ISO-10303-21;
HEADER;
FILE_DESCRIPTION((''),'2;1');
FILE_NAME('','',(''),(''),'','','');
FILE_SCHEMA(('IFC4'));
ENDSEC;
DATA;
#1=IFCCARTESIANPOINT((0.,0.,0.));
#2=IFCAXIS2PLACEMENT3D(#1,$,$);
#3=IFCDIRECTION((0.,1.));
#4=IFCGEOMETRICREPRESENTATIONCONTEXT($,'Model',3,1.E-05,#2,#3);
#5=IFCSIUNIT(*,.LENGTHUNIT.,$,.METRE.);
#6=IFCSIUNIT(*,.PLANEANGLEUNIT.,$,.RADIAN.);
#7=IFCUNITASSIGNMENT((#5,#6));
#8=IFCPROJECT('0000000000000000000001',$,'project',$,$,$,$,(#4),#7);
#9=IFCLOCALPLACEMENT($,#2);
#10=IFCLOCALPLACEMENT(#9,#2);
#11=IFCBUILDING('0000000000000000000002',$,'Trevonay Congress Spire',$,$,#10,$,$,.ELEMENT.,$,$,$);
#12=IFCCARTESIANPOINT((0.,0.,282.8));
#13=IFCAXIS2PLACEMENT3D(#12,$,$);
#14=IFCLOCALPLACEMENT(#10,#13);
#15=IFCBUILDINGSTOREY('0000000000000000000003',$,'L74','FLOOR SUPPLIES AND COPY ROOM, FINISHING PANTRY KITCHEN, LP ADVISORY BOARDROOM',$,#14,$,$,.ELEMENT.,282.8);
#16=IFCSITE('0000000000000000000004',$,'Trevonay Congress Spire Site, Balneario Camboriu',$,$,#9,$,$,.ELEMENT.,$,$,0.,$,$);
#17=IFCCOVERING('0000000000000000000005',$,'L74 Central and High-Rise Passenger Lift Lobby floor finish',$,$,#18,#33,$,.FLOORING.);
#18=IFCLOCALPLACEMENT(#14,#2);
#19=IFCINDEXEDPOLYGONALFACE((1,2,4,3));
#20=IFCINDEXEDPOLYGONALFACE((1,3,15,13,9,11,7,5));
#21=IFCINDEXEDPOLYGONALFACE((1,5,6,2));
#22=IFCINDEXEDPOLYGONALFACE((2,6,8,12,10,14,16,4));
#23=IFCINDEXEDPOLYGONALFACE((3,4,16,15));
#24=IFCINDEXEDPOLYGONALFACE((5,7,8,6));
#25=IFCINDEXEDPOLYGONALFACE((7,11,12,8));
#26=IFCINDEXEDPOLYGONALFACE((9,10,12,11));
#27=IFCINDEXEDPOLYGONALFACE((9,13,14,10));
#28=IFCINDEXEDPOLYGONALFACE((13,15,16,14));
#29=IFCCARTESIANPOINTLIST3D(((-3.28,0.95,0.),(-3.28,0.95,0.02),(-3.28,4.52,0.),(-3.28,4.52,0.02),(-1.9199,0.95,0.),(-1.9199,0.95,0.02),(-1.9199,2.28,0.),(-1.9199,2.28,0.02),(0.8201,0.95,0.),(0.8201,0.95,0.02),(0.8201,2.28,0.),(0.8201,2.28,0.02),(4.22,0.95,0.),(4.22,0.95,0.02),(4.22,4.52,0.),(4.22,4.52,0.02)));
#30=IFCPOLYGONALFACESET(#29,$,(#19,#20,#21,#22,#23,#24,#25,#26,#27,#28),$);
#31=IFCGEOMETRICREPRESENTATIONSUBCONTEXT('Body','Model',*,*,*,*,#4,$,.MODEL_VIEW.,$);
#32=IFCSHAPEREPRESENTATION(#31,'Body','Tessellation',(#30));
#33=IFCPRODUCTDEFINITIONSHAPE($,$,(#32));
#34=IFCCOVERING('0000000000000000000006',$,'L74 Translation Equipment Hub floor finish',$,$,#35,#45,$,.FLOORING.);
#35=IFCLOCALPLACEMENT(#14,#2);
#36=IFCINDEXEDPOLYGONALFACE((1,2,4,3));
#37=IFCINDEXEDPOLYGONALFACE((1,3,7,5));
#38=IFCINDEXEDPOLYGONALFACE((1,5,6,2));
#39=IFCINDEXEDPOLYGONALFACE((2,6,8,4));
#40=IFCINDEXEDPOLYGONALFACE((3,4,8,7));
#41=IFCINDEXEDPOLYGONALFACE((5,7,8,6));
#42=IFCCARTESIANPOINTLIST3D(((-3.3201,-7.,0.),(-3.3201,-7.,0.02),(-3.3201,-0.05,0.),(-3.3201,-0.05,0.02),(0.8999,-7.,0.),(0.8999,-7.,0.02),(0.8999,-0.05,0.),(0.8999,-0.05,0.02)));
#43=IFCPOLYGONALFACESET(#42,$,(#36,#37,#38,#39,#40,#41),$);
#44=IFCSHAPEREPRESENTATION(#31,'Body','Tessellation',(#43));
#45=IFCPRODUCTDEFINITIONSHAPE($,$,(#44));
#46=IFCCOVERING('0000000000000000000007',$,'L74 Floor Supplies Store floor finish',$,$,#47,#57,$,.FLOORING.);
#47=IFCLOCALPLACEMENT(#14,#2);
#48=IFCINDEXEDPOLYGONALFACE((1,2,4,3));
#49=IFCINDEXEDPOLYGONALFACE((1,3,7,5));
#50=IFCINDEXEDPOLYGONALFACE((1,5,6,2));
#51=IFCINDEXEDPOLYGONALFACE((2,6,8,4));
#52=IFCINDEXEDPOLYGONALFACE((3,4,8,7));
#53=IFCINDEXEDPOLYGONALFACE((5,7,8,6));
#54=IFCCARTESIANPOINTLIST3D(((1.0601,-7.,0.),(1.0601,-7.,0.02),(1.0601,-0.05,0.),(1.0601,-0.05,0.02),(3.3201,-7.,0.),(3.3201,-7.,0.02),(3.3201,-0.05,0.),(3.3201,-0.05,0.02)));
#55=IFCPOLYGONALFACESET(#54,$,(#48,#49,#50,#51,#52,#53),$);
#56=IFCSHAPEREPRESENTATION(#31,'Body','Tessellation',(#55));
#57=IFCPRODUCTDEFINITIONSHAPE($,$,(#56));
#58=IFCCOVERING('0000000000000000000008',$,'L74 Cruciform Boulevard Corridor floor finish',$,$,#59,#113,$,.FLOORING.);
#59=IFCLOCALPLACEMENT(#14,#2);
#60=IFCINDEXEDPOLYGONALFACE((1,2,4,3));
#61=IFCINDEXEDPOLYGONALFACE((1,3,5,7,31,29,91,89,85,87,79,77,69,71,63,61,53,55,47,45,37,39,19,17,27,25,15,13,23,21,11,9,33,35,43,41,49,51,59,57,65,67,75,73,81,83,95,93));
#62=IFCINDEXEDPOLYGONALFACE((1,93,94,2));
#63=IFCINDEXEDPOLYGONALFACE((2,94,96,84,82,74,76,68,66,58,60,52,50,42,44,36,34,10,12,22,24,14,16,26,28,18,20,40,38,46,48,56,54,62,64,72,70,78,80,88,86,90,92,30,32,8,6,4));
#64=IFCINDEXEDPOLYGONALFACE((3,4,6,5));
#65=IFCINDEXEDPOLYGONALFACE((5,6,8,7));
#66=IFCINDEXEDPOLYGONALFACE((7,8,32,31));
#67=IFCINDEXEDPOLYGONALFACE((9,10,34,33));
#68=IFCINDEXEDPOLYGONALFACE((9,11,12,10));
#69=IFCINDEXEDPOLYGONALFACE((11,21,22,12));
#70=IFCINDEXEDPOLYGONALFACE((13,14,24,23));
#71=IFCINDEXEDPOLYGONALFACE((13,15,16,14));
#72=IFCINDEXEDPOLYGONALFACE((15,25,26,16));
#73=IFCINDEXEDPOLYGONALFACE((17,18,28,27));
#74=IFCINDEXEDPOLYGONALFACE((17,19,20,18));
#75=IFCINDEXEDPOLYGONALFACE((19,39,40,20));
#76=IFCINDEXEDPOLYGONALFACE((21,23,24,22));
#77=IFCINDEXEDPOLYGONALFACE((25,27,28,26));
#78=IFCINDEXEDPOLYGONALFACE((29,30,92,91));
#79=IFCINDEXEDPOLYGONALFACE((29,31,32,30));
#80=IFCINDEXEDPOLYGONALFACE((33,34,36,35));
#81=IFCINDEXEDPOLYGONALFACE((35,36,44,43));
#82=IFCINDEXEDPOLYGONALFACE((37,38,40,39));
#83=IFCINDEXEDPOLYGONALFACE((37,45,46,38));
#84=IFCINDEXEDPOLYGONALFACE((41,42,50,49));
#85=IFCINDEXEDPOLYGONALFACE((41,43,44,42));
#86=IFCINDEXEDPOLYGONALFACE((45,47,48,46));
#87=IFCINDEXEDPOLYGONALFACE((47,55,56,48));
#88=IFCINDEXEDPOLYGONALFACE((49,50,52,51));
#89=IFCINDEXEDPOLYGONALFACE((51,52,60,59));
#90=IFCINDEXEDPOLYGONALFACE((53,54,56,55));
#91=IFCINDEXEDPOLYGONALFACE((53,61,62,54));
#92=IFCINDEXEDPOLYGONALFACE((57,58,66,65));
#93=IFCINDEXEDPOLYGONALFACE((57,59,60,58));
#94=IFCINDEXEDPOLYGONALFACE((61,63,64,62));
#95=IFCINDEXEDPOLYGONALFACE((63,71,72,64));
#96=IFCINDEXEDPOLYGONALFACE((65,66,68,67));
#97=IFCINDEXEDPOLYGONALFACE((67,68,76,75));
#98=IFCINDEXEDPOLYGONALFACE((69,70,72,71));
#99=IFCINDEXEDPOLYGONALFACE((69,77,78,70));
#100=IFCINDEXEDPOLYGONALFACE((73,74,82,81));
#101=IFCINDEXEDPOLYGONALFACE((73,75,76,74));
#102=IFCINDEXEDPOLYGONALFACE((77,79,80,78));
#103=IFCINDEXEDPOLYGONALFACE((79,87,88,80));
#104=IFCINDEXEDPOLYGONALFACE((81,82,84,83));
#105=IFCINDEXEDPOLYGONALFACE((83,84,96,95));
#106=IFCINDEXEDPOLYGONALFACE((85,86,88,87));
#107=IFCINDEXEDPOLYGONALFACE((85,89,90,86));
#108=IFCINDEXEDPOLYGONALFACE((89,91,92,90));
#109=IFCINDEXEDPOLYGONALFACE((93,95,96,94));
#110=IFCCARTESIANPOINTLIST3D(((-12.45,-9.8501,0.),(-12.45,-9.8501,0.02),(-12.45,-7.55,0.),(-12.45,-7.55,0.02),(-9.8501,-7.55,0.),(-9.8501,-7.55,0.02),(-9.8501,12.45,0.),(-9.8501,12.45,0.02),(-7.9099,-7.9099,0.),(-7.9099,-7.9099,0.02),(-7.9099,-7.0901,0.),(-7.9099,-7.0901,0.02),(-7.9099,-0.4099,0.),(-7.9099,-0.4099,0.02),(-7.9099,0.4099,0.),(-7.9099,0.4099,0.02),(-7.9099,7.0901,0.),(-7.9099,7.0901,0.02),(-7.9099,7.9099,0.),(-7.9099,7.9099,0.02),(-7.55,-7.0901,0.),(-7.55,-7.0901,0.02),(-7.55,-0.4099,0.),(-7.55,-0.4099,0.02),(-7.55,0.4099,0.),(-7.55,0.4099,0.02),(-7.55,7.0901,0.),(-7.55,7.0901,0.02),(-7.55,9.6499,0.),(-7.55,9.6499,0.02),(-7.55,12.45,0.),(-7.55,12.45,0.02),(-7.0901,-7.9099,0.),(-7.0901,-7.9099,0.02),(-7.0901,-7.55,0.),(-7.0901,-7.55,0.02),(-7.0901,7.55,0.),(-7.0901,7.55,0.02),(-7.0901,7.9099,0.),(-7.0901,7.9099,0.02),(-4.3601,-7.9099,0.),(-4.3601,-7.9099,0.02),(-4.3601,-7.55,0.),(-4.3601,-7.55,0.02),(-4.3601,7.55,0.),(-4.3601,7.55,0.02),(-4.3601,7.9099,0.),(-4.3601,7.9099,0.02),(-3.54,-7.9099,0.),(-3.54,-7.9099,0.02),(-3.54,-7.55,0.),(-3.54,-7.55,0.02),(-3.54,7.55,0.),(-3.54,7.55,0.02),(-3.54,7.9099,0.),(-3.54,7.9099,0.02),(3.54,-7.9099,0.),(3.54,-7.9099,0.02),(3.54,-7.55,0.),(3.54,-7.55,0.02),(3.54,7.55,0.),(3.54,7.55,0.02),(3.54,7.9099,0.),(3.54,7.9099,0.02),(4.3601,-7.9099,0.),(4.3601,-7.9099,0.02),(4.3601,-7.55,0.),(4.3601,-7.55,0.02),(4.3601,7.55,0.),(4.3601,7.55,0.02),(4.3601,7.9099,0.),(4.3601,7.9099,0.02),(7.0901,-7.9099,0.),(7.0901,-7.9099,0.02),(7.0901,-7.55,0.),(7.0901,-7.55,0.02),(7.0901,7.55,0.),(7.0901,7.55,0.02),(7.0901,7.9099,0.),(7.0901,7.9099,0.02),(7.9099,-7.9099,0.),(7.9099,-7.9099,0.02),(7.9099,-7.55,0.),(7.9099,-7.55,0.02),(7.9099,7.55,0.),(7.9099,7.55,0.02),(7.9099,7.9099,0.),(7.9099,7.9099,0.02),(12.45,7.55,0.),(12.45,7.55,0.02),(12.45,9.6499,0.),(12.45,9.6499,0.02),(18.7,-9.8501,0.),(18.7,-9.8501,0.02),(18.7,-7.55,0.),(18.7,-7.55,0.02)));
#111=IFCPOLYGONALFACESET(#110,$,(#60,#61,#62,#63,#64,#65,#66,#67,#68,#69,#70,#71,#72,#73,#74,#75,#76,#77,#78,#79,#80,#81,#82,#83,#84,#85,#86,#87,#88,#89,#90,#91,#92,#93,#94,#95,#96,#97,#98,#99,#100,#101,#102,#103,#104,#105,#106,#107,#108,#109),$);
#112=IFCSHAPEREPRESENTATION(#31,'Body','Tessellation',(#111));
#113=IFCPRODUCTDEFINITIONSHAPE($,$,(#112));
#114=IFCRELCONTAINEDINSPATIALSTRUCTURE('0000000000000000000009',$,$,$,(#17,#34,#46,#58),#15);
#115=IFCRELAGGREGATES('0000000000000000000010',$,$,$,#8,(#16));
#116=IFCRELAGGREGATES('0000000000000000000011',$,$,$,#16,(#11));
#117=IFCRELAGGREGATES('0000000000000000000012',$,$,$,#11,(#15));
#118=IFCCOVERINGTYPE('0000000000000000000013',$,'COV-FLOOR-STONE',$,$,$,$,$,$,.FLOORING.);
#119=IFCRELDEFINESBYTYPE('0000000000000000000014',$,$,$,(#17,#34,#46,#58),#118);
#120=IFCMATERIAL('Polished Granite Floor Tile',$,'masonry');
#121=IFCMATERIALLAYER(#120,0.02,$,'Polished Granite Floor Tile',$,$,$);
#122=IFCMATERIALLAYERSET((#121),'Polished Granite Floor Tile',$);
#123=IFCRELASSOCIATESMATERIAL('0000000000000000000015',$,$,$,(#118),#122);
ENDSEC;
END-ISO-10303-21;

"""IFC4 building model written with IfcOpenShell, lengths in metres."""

from ifc_helpers import new_model, si_unit, direction, frame, origin, place, context, subcontext, project, spatial, polyline, outline, extrude, material, layer, layer_set, type_object, element, save


model = new_model("IFC4")

# Units and contexts
model_context = context("Model", 3, precision=1e-05, world=origin(), true_north=direction((0.0, 1.0)))
body_context = subcontext(model_context, "Body", "Model", "MODEL_VIEW")
ifc_project = project(units=[si_unit("LENGTHUNIT", "METRE"), si_unit("PLANEANGLEUNIT", "RADIAN")], contexts=[model_context])

# Site, building, storey
site_placement = place(None, origin())
site = spatial("IfcSite", under=ifc_project, at=site_placement, Name="Trevonay Congress Spire Site, Balneario Camboriu", CompositionType="ELEMENT", RefElevation=0.0)
building_placement = place(site_placement, origin())
building = spatial("IfcBuilding", under=site, at=building_placement, Name="Trevonay Congress Spire", CompositionType="ELEMENT")
storey_placement = place(building_placement, frame((0.0, 0.0, 282.8)))
storey = spatial("IfcBuildingStorey", under=building, at=storey_placement, Name="L74", Description="FLOOR SUPPLIES AND COPY ROOM, FINISHING PANTRY KITCHEN, LP ADVISORY BOARDROOM", CompositionType="ELEMENT", Elevation=282.8)

# Coverings
ifc_material_1 = material(Name="Polished Granite Floor Tile", Category="masonry")
ifc_layer_1 = layer(ifc_material_1, 0.02, Name="Polished Granite Floor Tile")
ifc_layer_set_1 = layer_set([ifc_layer_1], Name="Polished Granite Floor Tile")
covering_type_1 = type_object("IfcCoveringType", Name="COV-FLOOR-STONE", PredefinedType="FLOORING", material=ifc_layer_set_1)
covering_1_placement = place(storey_placement, origin())
element("IfcCovering", 1, at=covering_1_placement, inside=storey, type_object=covering_type_1, Name="L74 Central and High-Rise Passenger Lift Lobby floor finish", PredefinedType="FLOORING", context=body_context, shape_type="SweptSolid", body=[
    extrude(outline(polyline([(-3.28, 0.95), (-1.9199, 0.95), (-1.9199, 2.28), (0.8201, 2.28), (0.8201, 0.95), (4.22, 0.95), (4.22, 4.52), (-3.28, 4.52), (-3.28, 0.95)])), origin(), (0.0, 0.0, 1.0), 0.02),
])
covering_2_placement = place(storey_placement, origin())
element("IfcCovering", 2, at=covering_2_placement, inside=storey, type_object=covering_type_1, Name="L74 Translation Equipment Hub floor finish", PredefinedType="FLOORING", context=body_context, shape_type="SweptSolid", body=[
    extrude(outline(polyline([(-3.3201, -7.0), (0.8999, -7.0), (0.8999, -0.05), (-3.3201, -0.05), (-3.3201, -7.0)])), origin(), (0.0, 0.0, 1.0), 0.02),
])
covering_3_placement = place(storey_placement, origin())
element("IfcCovering", 3, at=covering_3_placement, inside=storey, type_object=covering_type_1, Name="L74 Floor Supplies Store floor finish", PredefinedType="FLOORING", context=body_context, shape_type="SweptSolid", body=[
    extrude(outline(polyline([(1.0601, -7.0), (3.3201, -7.0), (3.3201, -0.05), (1.0601, -0.05), (1.0601, -7.0)])), origin(), (0.0, 0.0, 1.0), 0.02),
])
covering_4_placement = place(storey_placement, origin())
element("IfcCovering", 4, at=covering_4_placement, inside=storey, type_object=covering_type_1, Name="L74 Cruciform Boulevard Corridor floor finish", PredefinedType="FLOORING", context=body_context, shape_type="SweptSolid", body=[
    extrude(outline(polyline([(18.7, -7.55), (18.7, -9.8501), (-12.45, -9.8501), (-12.45, -7.55), (-9.8501, -7.55), (-9.8501, 12.45), (-7.55, 12.45), (-7.55, 9.6499), (12.45, 9.6499), (12.45, 7.55), (7.9099, 7.55), (7.9099, 7.9099), (7.0901, 7.9099), (7.0901, 7.55), (4.3601, 7.55), (4.3601, 7.9099), (3.54, 7.9099), (3.54, 7.55), (-3.54, 7.55), (-3.54, 7.9099), (-4.3601, 7.9099), (-4.3601, 7.55), (-7.0901, 7.55), (-7.0901, 7.9099), (-7.9099, 7.9099), (-7.9099, 7.0901), (-7.55, 7.0901), (-7.55, 0.4099), (-7.9099, 0.4099), (-7.9099, -0.4099), (-7.55, -0.4099), (-7.55, -7.0901), (-7.9099, -7.0901), (-7.9099, -7.9099), (-7.0901, -7.9099), (-7.0901, -7.55), (-4.3601, -7.55), (-4.3601, -7.9099), (-3.54, -7.9099), (-3.54, -7.55), (3.54, -7.55), (3.54, -7.9099), (4.3601, -7.9099), (4.3601, -7.55), (7.0901, -7.55), (7.0901, -7.9099), (7.9099, -7.9099), (7.9099, -7.55), (18.7, -7.55)])), origin(), (0.0, 0.0, 1.0), 0.02),
])

save(model, "model.ifc")
